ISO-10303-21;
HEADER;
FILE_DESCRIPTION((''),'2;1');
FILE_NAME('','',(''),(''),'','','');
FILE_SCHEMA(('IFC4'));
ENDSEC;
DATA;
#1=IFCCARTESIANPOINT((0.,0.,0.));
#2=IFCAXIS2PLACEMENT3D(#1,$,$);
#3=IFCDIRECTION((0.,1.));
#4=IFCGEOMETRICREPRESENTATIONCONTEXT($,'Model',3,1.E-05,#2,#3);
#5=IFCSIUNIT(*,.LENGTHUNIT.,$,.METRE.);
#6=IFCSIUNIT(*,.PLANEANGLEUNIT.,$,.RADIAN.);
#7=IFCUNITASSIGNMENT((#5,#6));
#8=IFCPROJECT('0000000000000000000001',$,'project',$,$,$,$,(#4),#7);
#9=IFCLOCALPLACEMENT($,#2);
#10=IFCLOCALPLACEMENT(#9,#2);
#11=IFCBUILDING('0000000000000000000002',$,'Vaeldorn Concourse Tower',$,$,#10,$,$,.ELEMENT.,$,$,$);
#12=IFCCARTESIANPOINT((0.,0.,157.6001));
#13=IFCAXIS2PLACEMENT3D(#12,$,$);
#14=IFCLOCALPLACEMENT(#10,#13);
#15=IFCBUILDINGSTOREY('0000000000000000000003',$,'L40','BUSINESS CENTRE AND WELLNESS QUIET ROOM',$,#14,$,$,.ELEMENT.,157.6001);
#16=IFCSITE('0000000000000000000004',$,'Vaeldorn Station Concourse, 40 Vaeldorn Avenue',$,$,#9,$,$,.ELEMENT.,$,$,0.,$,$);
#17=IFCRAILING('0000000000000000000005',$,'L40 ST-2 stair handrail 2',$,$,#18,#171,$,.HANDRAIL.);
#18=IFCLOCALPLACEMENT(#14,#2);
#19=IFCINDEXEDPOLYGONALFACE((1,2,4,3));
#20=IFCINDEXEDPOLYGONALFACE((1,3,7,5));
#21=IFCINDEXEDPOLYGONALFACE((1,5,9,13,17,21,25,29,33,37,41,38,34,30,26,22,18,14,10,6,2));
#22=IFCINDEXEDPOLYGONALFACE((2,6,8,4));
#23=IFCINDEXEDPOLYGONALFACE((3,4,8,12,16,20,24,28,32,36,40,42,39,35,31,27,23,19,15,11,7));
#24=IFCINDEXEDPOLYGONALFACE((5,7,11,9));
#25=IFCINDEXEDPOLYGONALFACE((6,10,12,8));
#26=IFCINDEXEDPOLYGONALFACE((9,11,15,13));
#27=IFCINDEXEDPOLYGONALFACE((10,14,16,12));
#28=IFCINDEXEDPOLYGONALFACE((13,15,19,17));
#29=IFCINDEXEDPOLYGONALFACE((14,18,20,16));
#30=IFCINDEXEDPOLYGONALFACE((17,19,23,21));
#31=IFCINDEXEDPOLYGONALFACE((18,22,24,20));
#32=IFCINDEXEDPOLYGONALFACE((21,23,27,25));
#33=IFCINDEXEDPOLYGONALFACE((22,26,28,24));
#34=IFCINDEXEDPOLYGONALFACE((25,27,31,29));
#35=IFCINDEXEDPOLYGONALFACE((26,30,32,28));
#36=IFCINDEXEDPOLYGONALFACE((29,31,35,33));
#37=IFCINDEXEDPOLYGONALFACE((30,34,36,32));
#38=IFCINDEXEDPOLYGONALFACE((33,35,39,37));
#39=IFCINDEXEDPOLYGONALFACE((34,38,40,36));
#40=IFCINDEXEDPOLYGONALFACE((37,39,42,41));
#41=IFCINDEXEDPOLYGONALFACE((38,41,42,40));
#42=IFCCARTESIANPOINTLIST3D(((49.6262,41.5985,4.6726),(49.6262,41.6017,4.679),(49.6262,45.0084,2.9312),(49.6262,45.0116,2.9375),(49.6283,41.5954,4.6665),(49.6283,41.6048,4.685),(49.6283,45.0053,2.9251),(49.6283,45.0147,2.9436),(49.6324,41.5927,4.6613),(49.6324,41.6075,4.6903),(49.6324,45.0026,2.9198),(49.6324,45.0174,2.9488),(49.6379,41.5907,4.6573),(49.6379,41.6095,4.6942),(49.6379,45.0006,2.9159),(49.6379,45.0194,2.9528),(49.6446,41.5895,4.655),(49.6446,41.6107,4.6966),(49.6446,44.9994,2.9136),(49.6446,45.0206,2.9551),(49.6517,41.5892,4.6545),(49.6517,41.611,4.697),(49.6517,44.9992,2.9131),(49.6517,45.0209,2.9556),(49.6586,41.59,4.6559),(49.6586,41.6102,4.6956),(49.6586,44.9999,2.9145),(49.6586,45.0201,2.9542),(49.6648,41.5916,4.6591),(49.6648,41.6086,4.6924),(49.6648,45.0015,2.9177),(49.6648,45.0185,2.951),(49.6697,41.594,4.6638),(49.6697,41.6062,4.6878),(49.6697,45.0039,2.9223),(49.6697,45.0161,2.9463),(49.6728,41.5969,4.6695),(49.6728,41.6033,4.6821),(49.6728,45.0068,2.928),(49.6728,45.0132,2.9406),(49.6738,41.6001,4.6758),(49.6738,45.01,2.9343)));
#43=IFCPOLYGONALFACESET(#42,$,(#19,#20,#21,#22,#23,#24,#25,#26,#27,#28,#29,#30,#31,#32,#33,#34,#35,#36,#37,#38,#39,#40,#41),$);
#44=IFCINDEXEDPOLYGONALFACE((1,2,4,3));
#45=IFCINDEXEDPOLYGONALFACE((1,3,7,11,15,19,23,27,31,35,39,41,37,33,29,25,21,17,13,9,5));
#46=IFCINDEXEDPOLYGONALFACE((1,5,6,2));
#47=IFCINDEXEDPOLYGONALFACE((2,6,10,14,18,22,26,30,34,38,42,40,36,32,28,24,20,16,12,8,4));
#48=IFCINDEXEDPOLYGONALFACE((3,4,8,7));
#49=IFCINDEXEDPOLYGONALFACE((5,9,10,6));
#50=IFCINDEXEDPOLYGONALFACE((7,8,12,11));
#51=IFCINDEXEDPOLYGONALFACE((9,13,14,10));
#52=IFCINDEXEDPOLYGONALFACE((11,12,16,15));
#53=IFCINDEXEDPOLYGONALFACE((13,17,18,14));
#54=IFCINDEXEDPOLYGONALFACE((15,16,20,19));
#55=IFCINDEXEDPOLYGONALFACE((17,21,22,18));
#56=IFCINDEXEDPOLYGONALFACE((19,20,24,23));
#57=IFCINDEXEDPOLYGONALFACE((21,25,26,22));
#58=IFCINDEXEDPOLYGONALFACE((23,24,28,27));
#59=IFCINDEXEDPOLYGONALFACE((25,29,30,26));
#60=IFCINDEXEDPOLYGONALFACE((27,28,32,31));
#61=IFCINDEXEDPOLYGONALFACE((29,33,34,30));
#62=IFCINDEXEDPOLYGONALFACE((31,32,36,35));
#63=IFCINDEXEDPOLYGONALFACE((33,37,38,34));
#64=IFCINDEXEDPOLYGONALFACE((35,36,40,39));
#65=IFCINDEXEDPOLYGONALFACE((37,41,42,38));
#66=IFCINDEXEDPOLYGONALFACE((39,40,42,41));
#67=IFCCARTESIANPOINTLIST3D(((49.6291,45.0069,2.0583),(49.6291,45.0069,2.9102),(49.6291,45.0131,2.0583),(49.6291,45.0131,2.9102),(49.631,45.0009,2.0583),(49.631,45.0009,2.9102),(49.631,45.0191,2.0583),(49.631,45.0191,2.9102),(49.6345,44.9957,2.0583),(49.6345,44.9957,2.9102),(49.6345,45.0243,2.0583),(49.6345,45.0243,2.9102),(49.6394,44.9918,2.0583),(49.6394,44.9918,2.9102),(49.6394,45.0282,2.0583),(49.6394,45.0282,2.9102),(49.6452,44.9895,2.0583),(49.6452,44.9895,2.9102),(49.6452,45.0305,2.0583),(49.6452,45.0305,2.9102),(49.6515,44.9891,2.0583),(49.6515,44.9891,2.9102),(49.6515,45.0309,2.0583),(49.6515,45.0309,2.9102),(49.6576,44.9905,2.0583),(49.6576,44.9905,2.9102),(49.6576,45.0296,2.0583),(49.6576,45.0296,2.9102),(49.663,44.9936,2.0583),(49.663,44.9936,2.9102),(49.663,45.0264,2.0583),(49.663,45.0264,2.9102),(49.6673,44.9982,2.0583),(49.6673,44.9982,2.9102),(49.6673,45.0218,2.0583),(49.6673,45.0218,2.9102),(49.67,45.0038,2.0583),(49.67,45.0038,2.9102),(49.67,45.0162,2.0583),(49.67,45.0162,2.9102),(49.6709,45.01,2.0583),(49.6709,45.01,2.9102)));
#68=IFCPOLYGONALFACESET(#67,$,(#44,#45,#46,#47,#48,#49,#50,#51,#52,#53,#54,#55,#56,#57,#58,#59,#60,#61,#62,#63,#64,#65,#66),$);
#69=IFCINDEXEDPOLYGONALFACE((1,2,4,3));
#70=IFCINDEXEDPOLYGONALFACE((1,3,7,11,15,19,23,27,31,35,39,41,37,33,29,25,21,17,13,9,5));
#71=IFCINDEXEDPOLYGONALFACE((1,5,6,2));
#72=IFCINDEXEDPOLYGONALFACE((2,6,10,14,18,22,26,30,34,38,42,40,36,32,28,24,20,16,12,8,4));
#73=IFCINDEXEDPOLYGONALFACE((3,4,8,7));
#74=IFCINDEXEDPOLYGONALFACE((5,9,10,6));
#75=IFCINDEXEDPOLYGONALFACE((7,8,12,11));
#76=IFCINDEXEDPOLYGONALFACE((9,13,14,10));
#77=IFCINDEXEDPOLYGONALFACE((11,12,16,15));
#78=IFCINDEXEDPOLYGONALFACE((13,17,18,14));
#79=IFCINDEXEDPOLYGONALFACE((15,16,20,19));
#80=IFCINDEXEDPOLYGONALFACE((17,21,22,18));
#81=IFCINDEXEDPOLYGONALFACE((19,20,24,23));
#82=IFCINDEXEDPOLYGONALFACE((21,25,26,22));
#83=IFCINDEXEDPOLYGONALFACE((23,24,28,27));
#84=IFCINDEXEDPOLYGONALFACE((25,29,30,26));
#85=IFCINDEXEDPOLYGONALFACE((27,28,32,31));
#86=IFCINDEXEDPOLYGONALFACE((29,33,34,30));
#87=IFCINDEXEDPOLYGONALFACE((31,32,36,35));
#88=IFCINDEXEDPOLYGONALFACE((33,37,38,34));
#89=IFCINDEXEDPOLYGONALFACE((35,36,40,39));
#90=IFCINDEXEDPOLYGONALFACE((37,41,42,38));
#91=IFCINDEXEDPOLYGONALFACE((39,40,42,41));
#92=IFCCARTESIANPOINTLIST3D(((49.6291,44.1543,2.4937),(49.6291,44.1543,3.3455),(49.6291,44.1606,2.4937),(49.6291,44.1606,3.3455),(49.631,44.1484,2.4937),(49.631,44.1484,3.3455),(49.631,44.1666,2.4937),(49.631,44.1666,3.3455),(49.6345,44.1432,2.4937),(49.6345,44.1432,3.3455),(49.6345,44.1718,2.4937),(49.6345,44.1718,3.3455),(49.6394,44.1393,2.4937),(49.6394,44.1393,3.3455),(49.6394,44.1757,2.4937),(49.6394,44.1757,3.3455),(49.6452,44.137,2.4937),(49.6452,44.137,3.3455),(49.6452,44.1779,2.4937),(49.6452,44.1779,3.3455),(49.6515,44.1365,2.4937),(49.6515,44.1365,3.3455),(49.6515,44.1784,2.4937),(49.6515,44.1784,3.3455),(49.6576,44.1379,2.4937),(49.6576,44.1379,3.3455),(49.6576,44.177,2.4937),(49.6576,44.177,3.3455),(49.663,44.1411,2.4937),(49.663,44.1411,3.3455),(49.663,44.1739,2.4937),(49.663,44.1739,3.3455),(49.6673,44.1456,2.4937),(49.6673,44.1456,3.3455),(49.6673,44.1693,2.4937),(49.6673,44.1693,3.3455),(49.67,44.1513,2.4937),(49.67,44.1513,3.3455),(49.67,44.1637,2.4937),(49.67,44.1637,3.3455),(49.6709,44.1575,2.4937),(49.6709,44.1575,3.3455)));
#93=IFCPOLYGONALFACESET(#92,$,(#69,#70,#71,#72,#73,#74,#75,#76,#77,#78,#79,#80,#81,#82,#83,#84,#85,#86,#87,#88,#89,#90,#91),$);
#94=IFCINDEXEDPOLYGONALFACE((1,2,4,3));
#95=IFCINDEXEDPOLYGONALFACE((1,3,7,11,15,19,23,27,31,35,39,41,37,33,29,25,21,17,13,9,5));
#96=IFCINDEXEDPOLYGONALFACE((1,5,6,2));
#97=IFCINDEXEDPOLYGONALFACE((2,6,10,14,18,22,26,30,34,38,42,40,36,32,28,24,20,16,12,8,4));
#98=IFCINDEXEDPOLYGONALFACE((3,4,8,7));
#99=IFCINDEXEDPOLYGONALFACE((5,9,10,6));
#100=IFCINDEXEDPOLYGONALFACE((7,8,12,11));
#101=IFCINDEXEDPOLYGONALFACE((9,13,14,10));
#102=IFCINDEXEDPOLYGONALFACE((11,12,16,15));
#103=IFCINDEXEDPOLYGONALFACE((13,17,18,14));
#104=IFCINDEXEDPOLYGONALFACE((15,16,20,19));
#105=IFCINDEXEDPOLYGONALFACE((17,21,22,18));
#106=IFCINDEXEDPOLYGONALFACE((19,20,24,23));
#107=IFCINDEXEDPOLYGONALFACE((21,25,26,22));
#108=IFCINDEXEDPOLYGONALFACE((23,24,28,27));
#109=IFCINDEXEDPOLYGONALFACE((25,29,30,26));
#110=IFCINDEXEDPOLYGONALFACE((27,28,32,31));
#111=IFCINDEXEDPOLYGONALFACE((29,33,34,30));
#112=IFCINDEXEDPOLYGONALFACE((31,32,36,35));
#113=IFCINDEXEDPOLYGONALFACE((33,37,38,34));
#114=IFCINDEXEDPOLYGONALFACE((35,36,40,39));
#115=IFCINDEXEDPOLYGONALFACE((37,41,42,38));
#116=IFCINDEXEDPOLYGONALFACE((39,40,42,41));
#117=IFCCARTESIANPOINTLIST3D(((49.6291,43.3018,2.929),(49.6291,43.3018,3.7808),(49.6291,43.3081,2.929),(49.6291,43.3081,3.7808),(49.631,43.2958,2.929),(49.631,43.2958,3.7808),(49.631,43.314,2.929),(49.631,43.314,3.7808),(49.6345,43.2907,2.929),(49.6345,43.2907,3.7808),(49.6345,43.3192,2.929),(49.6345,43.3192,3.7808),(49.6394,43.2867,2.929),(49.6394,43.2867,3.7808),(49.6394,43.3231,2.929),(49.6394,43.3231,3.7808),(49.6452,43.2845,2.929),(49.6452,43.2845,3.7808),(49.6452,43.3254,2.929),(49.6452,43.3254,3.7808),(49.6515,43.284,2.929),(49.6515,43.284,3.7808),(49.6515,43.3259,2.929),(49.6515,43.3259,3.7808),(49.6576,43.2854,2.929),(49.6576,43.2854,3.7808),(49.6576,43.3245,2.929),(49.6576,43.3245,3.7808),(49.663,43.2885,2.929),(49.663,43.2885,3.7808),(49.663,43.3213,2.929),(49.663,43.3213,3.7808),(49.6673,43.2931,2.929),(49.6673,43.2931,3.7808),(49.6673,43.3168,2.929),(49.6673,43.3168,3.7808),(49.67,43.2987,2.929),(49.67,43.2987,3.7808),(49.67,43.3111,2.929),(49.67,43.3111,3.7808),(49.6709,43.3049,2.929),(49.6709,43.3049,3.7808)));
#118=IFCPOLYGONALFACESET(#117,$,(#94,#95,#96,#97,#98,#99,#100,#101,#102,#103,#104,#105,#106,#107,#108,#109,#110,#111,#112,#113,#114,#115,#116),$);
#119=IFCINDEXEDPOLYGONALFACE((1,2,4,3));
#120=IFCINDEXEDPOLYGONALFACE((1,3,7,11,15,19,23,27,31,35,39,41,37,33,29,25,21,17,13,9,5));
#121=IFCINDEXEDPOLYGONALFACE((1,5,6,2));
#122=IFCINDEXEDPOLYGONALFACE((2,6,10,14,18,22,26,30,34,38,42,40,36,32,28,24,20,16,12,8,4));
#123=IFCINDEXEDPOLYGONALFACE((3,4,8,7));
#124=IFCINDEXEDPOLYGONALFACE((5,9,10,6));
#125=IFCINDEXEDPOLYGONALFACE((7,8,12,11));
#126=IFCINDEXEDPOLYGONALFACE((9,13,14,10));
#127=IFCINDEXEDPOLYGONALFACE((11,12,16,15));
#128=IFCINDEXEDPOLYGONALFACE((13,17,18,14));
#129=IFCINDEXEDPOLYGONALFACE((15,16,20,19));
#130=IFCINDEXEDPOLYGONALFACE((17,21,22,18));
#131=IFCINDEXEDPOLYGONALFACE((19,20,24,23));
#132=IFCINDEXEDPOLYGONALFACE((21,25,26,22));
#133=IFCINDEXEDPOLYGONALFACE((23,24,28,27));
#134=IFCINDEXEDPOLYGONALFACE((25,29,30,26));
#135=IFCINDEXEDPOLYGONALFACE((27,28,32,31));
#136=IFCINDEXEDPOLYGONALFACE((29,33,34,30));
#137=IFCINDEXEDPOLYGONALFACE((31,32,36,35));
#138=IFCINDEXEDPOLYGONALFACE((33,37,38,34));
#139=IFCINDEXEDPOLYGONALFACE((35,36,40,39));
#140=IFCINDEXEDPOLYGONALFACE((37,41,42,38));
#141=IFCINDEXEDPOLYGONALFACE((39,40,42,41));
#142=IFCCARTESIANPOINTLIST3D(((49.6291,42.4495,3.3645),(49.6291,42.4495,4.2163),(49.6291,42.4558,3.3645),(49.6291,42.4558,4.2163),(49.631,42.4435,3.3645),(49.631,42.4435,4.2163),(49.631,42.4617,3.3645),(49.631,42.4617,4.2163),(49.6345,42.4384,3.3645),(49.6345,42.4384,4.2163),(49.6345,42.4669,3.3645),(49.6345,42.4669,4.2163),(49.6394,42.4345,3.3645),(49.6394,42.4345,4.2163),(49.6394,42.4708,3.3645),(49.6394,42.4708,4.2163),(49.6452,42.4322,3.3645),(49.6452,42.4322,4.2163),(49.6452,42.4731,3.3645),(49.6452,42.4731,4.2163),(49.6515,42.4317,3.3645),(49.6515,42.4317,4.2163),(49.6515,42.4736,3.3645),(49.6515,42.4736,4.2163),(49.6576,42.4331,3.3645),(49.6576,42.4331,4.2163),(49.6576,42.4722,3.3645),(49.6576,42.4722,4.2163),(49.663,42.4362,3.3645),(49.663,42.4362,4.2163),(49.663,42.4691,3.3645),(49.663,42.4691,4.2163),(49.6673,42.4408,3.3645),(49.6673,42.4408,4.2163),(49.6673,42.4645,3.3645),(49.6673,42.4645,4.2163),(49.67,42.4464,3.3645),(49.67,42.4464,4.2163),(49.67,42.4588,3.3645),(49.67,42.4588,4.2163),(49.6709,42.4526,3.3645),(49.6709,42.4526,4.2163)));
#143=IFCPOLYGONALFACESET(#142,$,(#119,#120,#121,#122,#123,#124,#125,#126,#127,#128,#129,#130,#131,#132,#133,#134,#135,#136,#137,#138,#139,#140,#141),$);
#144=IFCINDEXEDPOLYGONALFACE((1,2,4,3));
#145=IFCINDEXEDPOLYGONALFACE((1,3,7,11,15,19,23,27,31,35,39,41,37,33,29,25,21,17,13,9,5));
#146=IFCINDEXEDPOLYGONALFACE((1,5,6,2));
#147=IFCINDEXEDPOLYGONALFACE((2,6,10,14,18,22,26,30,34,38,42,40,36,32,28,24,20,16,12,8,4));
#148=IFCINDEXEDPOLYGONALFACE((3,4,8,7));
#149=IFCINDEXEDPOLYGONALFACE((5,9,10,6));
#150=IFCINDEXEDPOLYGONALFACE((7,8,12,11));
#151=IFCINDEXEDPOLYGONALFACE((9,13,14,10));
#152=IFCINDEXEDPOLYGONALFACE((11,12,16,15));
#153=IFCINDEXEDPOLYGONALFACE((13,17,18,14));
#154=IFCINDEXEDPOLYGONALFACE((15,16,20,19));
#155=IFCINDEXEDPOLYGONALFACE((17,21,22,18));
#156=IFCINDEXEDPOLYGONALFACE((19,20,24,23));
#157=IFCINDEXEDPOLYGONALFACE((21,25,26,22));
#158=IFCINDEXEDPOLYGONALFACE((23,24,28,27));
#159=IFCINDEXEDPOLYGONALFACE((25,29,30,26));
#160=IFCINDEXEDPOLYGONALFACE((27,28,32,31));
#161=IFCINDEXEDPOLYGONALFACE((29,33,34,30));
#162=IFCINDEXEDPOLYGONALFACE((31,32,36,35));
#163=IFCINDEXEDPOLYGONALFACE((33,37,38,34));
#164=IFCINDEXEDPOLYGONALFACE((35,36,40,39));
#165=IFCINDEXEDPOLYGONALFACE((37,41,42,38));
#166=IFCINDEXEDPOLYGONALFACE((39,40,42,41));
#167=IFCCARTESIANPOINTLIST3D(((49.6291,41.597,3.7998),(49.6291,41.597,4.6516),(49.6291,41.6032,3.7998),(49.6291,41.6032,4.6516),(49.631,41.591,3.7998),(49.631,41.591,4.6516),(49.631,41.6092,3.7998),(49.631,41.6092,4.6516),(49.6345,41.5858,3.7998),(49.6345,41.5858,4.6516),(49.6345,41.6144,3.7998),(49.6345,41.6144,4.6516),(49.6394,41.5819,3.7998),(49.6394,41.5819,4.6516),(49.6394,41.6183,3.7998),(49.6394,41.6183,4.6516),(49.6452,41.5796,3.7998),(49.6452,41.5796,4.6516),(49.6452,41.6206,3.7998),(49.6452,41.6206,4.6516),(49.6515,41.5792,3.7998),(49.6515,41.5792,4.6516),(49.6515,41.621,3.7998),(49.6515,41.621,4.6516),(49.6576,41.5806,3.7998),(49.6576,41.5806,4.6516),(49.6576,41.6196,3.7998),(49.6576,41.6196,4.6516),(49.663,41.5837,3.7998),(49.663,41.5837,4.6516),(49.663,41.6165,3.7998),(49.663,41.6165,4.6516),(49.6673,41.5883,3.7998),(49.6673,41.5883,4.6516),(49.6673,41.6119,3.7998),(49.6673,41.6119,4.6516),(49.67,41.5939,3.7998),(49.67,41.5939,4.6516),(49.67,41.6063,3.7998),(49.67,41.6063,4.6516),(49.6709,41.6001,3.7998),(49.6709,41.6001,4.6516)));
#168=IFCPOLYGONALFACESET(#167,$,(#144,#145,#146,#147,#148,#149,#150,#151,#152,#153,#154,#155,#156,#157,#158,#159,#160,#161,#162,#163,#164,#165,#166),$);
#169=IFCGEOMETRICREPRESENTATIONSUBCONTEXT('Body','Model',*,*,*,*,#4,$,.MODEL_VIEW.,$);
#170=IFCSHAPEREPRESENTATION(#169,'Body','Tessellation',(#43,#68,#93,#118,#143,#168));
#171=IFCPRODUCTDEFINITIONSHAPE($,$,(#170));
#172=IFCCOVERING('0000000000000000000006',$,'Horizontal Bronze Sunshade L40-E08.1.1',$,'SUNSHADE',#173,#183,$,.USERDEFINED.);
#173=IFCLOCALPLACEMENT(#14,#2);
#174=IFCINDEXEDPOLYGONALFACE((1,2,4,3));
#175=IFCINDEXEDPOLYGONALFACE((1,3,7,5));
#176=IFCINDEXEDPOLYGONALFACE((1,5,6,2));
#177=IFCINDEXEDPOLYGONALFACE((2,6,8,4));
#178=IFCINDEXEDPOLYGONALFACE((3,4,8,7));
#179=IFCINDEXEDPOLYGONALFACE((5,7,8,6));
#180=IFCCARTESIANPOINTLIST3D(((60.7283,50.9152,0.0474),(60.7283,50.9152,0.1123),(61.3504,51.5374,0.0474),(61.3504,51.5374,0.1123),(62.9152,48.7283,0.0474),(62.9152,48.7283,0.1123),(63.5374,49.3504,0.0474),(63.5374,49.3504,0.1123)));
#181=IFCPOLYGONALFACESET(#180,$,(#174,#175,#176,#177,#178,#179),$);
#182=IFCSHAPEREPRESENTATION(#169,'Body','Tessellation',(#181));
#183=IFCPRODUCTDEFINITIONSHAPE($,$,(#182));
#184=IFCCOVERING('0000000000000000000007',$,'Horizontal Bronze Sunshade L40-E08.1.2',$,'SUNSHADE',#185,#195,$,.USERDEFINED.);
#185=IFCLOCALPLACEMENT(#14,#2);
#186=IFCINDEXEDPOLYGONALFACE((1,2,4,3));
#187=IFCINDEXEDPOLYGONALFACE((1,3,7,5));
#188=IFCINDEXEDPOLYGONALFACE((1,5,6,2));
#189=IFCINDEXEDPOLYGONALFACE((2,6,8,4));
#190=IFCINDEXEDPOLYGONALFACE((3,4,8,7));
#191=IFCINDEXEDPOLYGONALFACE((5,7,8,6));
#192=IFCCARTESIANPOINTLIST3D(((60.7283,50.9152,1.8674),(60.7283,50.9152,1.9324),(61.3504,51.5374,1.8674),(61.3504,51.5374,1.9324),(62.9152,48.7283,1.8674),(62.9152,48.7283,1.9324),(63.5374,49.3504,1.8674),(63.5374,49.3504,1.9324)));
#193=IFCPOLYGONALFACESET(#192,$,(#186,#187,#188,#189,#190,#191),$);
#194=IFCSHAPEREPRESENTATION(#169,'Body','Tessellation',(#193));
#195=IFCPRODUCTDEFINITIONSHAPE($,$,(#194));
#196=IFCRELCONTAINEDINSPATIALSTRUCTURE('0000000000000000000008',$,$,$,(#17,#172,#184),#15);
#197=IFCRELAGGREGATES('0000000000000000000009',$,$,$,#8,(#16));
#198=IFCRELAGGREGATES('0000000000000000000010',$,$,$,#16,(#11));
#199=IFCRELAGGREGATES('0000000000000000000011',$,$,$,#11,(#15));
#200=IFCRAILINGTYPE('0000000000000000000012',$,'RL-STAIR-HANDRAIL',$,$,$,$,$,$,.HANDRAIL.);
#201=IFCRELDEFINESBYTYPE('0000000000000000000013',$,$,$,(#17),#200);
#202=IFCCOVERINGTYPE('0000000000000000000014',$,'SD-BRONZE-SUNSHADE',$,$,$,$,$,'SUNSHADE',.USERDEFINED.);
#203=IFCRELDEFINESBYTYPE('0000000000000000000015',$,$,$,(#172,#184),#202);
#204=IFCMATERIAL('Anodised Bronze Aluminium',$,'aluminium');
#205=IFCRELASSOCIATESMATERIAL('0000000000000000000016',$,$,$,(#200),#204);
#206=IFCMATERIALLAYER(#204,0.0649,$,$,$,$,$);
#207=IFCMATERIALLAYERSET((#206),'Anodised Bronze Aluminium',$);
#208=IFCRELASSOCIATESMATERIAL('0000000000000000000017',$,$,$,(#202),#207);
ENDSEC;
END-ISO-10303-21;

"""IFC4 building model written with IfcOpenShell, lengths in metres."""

from ifc_helpers import new_model, si_unit, direction, frame, origin, origin_2d, place, context, subcontext, project, spatial, rectangle, circle, extrude, source, transform, mapped, material, layer, layer_set, type_object, element, save


model = new_model("IFC4")

# Units and contexts
model_context = context("Model", 3, precision=1e-05, world=origin(), true_north=direction((0.0, 1.0)))
body_context = subcontext(model_context, "Body", "Model", "MODEL_VIEW")
ifc_project = project(units=[si_unit("LENGTHUNIT", "METRE"), si_unit("PLANEANGLEUNIT", "RADIAN")], contexts=[model_context])

# Site, building, storey
site_placement = place(None, origin())
site = spatial("IfcSite", under=ifc_project, at=site_placement, Name="Vaeldorn Station Concourse, 40 Vaeldorn Avenue", CompositionType="ELEMENT", RefElevation=0.0)
building_placement = place(site_placement, origin())
building = spatial("IfcBuilding", under=site, at=building_placement, Name="Vaeldorn Concourse Tower", CompositionType="ELEMENT")
storey_placement = place(building_placement, frame((0.0, 0.0, 157.6001)))
storey = spatial("IfcBuildingStorey", under=building, at=storey_placement, Name="L40", Description="BUSINESS CENTRE AND WELLNESS QUIET ROOM", CompositionType="ELEMENT", Elevation=157.6001)

# Shared definitions
ifc_material_1 = material(Name="Anodised Bronze Aluminium", Category="aluminium")

# Railing
railing_type_1 = type_object("IfcRailingType", Name="RL-STAIR-HANDRAIL", PredefinedType="HANDRAIL", material=ifc_material_1)
railing_1_placement = place(storey_placement, frame((49.6499, 45.01, 2.0583)))
element("IfcRailing", 1, at=railing_1_placement, inside=storey, type_object=railing_type_1, Name="L40 ST-2 stair handrail 2", PredefinedType="HANDRAIL", context=body_context, shape_type="SweptSolid", body=[
    extrude(circle(Radius=0.0239, at=origin_2d()), frame((0.0, 0.0, 0.876), z_axis=(0.0, -0.890582, 0.454823), x_axis=(1.0, 0.0, 0.0)), (0.0, 0.0, 1.0), 3.8289),
    extrude(circle(Radius=0.021, at=origin_2d()), origin(), (0.0, 0.0, 1.0), 0.8518),
    extrude(circle(Radius=0.021, at=origin_2d()), frame((0.0, -0.8525, 0.4353)), (0.0, 0.0, 1.0), 0.8518),
    extrude(circle(Radius=0.021, at=origin_2d()), frame((0.0, -1.7051, 0.8706)), (0.0, 0.0, 1.0), 0.8518),
    extrude(circle(Radius=0.021, at=origin_2d()), frame((0.0, -2.5574, 1.3062)), (0.0, 0.0, 1.0), 0.8518),
    extrude(circle(Radius=0.021, at=origin_2d()), frame((0.0, -3.4099, 1.7415)), (0.0, 0.0, 1.0), 0.8518),
])

# Coverings
ifc_layer_1 = layer(ifc_material_1, 0.0649)
ifc_layer_set_1 = layer_set([ifc_layer_1], Name="Anodised Bronze Aluminium")
covering_type = type_object("IfcCoveringType", Name="SD-BRONZE-SUNSHADE", ElementType="SUNSHADE", PredefinedType="USERDEFINED", material=ifc_layer_set_1)
shared_shape_1 = source(origin(), body_context, "Body", "SweptSolid", [
    extrude(rectangle(XDim=3.0928, YDim=0.8799, at=origin_2d()), origin(), (0.0, 0.0, 1.0), 0.0649),
])
for number, where, z_axis, x_axis, name in (
    (2, (62.1328, 50.1328, 0.0474), (0.0, 0.0, 1.0), (-0.707107, 0.707107, 0.0), "Horizontal Bronze Sunshade L40-E08.1.1"),
    (3, (62.1328, 50.1328, 1.8674), (0.0, 0.0, 1.0), (-0.707107, 0.707107, 0.0), "Horizontal Bronze Sunshade L40-E08.1.2"),
):
    element("IfcCovering", number, at=place(storey_placement, frame(where, z_axis=z_axis, x_axis=x_axis)), inside=storey, type_object=covering_type, Name=name, ObjectType="SUNSHADE", PredefinedType="USERDEFINED", context=body_context, shape_type="MappedRepresentation", body=[
        mapped(shared_shape_1, transform((0.0, 0.0, 0.0), scale=1.0)),
    ])

save(model, "model.ifc")
